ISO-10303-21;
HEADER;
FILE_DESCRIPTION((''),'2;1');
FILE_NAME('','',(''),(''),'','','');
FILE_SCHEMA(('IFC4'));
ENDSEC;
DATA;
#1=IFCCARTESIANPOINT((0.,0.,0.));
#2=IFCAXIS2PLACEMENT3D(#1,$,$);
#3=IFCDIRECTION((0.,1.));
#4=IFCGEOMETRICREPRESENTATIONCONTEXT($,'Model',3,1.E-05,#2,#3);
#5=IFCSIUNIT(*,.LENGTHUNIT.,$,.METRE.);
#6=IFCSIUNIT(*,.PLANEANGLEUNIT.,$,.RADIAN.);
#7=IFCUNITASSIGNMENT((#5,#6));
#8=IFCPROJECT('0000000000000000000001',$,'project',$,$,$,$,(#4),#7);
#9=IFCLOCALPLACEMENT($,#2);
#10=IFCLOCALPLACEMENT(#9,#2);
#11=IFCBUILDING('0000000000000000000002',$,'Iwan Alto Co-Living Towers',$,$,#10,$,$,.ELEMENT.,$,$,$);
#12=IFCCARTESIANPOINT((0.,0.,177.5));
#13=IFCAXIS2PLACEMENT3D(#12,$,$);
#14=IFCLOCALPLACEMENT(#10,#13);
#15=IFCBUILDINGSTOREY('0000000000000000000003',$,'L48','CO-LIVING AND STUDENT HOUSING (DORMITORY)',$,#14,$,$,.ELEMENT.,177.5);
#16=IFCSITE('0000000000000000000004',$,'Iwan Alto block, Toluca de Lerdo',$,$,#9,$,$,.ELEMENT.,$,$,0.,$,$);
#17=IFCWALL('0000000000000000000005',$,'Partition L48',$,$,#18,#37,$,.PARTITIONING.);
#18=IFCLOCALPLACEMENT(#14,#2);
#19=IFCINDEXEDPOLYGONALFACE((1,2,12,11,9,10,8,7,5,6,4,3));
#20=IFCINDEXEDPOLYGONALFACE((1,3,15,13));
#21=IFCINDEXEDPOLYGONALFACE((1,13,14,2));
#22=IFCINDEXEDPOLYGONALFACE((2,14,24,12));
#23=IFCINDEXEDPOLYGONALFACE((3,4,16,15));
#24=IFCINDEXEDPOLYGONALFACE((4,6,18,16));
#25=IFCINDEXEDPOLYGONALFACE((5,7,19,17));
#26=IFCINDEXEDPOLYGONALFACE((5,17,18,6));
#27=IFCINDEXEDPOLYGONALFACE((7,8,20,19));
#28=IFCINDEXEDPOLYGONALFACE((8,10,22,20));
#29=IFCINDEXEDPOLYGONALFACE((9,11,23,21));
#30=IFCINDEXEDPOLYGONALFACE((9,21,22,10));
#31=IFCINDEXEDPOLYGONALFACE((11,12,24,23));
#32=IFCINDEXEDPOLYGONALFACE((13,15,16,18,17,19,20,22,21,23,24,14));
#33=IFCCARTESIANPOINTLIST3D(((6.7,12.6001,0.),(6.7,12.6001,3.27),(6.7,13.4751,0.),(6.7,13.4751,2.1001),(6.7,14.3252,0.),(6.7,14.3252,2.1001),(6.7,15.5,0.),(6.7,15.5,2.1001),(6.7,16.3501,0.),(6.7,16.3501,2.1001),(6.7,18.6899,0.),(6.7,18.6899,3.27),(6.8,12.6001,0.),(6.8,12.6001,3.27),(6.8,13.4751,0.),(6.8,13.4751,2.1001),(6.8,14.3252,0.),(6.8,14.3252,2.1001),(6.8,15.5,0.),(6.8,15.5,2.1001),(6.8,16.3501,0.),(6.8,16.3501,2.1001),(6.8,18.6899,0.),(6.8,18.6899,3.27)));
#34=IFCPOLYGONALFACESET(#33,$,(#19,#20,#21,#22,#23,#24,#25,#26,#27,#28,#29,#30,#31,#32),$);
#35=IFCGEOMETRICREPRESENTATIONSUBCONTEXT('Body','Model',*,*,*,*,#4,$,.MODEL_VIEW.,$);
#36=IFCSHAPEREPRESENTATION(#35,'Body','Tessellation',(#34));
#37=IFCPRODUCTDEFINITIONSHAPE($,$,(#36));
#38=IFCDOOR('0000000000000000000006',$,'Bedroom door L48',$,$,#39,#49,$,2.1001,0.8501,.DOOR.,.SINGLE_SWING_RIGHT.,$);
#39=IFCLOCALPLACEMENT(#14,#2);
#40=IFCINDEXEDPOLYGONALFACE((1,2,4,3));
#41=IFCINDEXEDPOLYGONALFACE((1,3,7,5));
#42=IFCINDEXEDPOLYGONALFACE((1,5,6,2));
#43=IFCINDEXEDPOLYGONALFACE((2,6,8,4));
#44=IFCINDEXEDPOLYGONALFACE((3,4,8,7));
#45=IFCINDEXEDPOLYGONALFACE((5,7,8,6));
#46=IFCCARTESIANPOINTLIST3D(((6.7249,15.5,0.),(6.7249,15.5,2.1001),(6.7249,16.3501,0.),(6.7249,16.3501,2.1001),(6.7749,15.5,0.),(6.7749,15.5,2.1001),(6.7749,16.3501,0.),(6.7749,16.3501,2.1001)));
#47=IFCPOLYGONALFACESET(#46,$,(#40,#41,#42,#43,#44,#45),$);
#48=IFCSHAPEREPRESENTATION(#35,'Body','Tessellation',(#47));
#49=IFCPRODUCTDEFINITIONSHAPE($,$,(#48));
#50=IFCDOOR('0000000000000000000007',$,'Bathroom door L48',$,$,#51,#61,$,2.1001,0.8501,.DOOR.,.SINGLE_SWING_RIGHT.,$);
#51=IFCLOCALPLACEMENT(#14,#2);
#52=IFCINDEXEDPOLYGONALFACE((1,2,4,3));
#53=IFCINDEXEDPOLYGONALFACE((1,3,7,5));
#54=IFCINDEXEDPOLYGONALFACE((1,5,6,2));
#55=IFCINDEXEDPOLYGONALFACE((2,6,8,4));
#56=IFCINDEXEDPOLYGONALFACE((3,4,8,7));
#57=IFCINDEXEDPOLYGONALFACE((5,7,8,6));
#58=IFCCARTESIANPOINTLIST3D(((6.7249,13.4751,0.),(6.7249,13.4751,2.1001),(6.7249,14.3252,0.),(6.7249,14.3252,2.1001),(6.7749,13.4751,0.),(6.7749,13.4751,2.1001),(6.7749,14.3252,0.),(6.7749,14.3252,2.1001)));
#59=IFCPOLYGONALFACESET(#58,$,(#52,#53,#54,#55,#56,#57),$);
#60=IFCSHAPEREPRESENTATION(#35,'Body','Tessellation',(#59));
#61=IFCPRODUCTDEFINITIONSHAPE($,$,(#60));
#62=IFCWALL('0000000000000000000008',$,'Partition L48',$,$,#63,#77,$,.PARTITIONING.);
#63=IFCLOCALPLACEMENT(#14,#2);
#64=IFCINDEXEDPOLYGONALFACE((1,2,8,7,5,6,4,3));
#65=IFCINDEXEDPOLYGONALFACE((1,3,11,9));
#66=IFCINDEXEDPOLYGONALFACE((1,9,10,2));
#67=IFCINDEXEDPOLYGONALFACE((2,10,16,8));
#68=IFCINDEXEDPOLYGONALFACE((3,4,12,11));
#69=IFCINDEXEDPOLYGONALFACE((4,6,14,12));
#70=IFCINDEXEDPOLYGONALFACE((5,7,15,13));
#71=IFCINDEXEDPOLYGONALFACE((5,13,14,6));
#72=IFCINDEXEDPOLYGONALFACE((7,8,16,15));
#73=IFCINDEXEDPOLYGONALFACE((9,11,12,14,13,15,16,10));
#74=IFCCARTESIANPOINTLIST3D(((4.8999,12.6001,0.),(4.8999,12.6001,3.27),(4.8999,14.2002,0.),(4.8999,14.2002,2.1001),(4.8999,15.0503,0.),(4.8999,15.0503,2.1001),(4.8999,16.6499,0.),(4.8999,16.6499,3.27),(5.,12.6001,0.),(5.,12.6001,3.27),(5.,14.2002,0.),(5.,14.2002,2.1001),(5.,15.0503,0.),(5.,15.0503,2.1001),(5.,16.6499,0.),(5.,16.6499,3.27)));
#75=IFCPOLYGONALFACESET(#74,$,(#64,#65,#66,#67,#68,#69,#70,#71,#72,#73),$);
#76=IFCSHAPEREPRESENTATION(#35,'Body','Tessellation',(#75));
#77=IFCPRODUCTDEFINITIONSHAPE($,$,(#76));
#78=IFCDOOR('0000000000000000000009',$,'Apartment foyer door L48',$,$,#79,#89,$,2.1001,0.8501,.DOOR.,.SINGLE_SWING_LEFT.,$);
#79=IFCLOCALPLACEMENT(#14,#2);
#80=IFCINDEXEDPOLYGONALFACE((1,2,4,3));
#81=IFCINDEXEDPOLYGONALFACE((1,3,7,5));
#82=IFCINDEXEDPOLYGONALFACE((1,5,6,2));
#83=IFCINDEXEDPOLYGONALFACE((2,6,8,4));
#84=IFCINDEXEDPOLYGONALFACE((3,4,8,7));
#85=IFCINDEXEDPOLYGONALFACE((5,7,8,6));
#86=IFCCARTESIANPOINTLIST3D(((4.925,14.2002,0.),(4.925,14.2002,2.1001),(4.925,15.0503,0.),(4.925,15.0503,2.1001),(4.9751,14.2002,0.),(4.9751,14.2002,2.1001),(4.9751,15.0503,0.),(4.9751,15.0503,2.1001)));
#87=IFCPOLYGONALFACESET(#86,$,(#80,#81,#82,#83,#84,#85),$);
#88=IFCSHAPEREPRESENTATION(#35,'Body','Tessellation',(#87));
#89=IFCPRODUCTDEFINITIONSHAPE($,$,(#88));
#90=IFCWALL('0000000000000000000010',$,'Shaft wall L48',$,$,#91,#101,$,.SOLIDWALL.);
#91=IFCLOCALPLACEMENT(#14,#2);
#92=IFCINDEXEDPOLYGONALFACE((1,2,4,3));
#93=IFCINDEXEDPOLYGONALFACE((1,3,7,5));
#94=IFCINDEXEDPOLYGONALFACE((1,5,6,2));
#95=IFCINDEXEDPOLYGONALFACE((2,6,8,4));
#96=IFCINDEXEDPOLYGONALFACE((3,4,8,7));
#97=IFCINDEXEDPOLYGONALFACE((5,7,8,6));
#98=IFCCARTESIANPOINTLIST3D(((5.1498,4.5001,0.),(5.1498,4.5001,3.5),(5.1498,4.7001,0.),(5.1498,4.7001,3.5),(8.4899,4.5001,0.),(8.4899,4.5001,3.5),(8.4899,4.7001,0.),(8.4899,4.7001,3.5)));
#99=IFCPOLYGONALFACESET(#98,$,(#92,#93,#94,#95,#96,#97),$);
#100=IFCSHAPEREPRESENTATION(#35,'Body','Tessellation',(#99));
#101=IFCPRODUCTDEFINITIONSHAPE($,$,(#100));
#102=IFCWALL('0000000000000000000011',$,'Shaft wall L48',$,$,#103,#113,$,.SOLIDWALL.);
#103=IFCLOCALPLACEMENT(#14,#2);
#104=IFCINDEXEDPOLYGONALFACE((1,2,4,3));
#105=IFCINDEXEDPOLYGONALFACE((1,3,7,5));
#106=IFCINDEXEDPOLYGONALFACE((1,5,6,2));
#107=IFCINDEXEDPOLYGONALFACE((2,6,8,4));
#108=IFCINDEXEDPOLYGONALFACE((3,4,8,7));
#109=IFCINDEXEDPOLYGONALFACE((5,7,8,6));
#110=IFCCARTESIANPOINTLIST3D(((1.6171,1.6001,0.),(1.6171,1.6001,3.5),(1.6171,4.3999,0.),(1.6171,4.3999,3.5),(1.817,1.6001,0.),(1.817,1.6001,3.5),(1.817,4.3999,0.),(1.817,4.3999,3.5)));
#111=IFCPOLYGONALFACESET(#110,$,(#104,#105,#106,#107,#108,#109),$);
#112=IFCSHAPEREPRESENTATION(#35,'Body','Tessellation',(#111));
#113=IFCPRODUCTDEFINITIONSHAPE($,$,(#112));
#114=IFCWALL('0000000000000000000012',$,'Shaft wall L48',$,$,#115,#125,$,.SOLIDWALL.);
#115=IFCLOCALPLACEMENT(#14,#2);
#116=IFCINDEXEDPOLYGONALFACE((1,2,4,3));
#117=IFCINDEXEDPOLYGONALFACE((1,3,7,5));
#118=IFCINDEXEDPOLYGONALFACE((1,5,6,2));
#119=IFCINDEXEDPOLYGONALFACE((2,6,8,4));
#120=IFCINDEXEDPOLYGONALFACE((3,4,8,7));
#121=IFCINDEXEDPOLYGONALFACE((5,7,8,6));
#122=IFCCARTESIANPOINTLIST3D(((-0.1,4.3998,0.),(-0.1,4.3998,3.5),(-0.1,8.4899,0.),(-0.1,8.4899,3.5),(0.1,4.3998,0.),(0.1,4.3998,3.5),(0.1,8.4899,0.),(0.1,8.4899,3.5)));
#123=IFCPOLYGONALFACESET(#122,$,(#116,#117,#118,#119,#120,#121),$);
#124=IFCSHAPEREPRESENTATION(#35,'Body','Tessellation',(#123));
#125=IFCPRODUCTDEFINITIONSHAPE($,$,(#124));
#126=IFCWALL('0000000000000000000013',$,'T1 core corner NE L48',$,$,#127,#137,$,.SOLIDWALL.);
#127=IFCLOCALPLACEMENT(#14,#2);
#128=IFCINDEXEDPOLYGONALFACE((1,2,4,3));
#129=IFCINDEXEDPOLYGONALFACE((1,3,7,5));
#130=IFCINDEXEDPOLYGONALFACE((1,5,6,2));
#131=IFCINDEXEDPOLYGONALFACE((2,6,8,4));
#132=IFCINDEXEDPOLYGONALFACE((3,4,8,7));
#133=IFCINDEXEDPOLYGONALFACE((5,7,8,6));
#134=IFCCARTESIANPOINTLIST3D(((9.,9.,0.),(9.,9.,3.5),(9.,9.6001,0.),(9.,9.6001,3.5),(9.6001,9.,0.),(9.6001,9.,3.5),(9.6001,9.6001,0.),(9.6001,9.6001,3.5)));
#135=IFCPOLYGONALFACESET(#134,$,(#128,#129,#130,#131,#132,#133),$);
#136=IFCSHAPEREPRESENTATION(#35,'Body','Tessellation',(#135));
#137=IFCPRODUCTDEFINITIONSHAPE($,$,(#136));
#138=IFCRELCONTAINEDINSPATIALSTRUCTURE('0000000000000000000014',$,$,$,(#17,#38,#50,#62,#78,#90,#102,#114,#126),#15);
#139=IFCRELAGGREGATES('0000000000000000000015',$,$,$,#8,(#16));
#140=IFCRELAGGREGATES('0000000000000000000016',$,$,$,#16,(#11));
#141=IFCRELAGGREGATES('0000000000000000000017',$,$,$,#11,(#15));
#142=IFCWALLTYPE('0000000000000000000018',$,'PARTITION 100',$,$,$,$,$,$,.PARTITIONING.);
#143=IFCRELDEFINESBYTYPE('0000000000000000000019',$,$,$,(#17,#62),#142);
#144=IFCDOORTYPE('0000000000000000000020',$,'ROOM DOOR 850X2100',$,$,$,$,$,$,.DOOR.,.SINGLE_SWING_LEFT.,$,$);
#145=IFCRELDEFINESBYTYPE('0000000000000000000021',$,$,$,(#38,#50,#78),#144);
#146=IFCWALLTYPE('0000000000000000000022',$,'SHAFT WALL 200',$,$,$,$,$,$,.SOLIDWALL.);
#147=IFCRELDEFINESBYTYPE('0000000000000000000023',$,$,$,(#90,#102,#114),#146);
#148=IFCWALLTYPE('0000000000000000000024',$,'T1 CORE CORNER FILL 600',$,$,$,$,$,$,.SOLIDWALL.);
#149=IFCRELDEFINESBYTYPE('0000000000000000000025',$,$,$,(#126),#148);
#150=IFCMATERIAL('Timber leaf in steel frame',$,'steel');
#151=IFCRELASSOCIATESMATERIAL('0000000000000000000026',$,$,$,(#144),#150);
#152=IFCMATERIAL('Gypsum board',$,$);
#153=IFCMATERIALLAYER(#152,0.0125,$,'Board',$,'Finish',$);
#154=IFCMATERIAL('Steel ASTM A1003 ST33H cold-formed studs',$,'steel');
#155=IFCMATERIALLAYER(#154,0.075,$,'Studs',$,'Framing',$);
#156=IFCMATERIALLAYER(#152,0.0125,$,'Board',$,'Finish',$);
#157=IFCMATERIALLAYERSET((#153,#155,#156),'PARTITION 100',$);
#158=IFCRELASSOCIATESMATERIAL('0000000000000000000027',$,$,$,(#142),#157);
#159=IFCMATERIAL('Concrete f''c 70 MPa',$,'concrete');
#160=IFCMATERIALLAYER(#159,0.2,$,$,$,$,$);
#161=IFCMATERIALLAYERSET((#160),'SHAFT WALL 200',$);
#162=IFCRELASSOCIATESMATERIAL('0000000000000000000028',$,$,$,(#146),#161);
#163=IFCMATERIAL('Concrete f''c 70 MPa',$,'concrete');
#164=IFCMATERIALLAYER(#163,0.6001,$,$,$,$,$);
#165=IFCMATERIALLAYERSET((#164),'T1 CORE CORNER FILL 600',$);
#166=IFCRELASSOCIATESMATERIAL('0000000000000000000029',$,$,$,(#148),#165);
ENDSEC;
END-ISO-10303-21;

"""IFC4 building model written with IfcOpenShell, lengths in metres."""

from ifc_helpers import new_model, si_unit, direction, frame, frame_2d, origin, place, context, subcontext, project, spatial, rectangle, extrude, material, layer, layer_set, type_object, element, fill, save


model = new_model("IFC4")

# Units and contexts
model_context = context("Model", 3, precision=1e-05, world=origin(), true_north=direction((0.0, 1.0)))
body_context = subcontext(model_context, "Body", "Model", "MODEL_VIEW")
ifc_project = project(units=[si_unit("LENGTHUNIT", "METRE"), si_unit("PLANEANGLEUNIT", "RADIAN")], contexts=[model_context])

# Site, building, storey
site_placement = place(None, origin())
site = spatial("IfcSite", under=ifc_project, at=site_placement, Name="Iwan Alto block, Toluca de Lerdo", CompositionType="ELEMENT", RefElevation=0.0)
building_placement = place(site_placement, origin())
building = spatial("IfcBuilding", under=site, at=building_placement, Name="Iwan Alto Co-Living Towers", CompositionType="ELEMENT")
storey_placement = place(building_placement, frame((0.0, 0.0, 177.5)))
storey = spatial("IfcBuildingStorey", under=building, at=storey_placement, Name="L48", Description="CO-LIVING AND STUDENT HOUSING (DORMITORY)", CompositionType="ELEMENT", Elevation=177.5)

# Shared definitions
ifc_material_1 = material(Name="Gypsum board")
ifc_material_2 = material(Name="Steel ASTM A1003 ST33H cold-formed studs", Category="steel")

# Shared definitions
ifc_material_3 = material(Name="Timber leaf in steel frame", Category="steel")
door_type_1 = type_object("IfcDoorType", Name="ROOM DOOR 850X2100", OperationType="SINGLE_SWING_LEFT", PredefinedType="DOOR", material=ifc_material_3)
ifc_layer_1 = layer(ifc_material_1, 0.0125, Name="Board", Category="Finish")
ifc_layer_2 = layer(ifc_material_2, 0.075, Name="Studs", Category="Framing")
ifc_layer_3 = layer(ifc_material_1, 0.0125, Name="Board", Category="Finish")
ifc_layer_set_1 = layer_set([ifc_layer_1, ifc_layer_2, ifc_layer_3], Name="PARTITION 100")
wall_type_1 = type_object("IfcWallType", Name="PARTITION 100", PredefinedType="PARTITIONING", material=ifc_layer_set_1)

# Wall, openings, doors
wall_1_placement = place(storey_placement, frame((6.75, 12.6001, 0.0), z_axis=(0.0, 0.0, 1.0), x_axis=(0.0, 1.0, 0.0)))
wall_1 = element("IfcWall", 1, at=wall_1_placement, inside=storey, type_object=wall_type_1, Name="Partition L48", PredefinedType="PARTITIONING", context=body_context, shape_type="SweptSolid", body=[
    extrude(rectangle(XDim=6.0898, YDim=0.1001, at=frame_2d((3.0449, 0.0))), origin(), (0.0, 0.0, 1.0), 3.27),
])
opening_1_placement = place(wall_1_placement, frame((2.8999, 0.0, 0.0)))
opening_1 = element("IfcOpeningElement", 2, at=opening_1_placement, cuts=wall_1, PredefinedType="OPENING", context=body_context, shape_type="SweptSolid", body=[
    extrude(rectangle(XDim=0.8501, YDim=2.1001, at=frame_2d((0.425, 1.05))), frame((0.0, 0.0601, 0.0), z_axis=(0.0, -1.0, 0.0), x_axis=(1.0, 0.0, 0.0)), (0.0, 0.0, 1.0), 0.1201),
])
opening_2_placement = place(wall_1_placement, frame((0.875, 0.0, 0.0)))
opening_2 = element("IfcOpeningElement", 3, at=opening_2_placement, cuts=wall_1, PredefinedType="OPENING", context=body_context, shape_type="SweptSolid", body=[
    extrude(rectangle(XDim=0.8501, YDim=2.1001, at=frame_2d((0.425, 1.05))), frame((0.0, 0.0601, 0.0), z_axis=(0.0, -1.0, 0.0), x_axis=(1.0, 0.0, 0.0)), (0.0, 0.0, 1.0), 0.1201),
])
door_1_placement = place(opening_1_placement, frame((0.8501, 0.0, 0.0), z_axis=(0.0, 0.0, 1.0), x_axis=(-1.0, 0.0, 0.0)))
door_1 = element("IfcDoor", 4, at=door_1_placement, inside=storey, type_object=door_type_1, Name="Bedroom door L48", OperationType="SINGLE_SWING_RIGHT", OverallHeight=2.1001, OverallWidth=0.8501, PredefinedType="DOOR", context=body_context, shape_type="SweptSolid", body=[
    extrude(rectangle(XDim=0.8501, YDim=2.1001, at=frame_2d((0.425, 1.05))), frame((0.0, 0.0249, 0.0), z_axis=(0.0, -1.0, 0.0), x_axis=(1.0, 0.0, 0.0)), (0.0, 0.0, 1.0), 0.05),
])
fill(opening_1, door_1)
door_2_placement = place(opening_2_placement, frame((0.8501, 0.0, 0.0), z_axis=(0.0, 0.0, 1.0), x_axis=(-1.0, 0.0, 0.0)))
door_2 = element("IfcDoor", 5, at=door_2_placement, inside=storey, type_object=door_type_1, Name="Bathroom door L48", OperationType="SINGLE_SWING_RIGHT", OverallHeight=2.1001, OverallWidth=0.8501, PredefinedType="DOOR", context=body_context, shape_type="SweptSolid", body=[
    extrude(rectangle(XDim=0.8501, YDim=2.1001, at=frame_2d((0.425, 1.05))), frame((0.0, 0.0249, 0.0), z_axis=(0.0, -1.0, 0.0), x_axis=(1.0, 0.0, 0.0)), (0.0, 0.0, 1.0), 0.05),
])
fill(opening_2, door_2)

# Wall, opening, door
wall_2_placement = place(storey_placement, frame((4.95, 12.6001, 0.0), z_axis=(0.0, 0.0, 1.0), x_axis=(0.0, 1.0, 0.0)))
wall_2 = element("IfcWall", 6, at=wall_2_placement, inside=storey, type_object=wall_type_1, Name="Partition L48", PredefinedType="PARTITIONING", context=body_context, shape_type="SweptSolid", body=[
    extrude(rectangle(XDim=4.0498, YDim=0.1001, at=frame_2d((2.0249, 0.0))), origin(), (0.0, 0.0, 1.0), 3.27),
])
opening_3_placement = place(wall_2_placement, frame((1.6001, 0.0, 0.0)))
opening_3 = element("IfcOpeningElement", 7, at=opening_3_placement, cuts=wall_2, PredefinedType="OPENING", context=body_context, shape_type="SweptSolid", body=[
    extrude(rectangle(XDim=0.8501, YDim=2.1001, at=frame_2d((0.425, 1.05))), frame((0.0, 0.0601, 0.0), z_axis=(0.0, -1.0, 0.0), x_axis=(1.0, 0.0, 0.0)), (0.0, 0.0, 1.0), 0.1201),
])
door_3_placement = place(opening_3_placement, origin())
door_3 = element("IfcDoor", 8, at=door_3_placement, inside=storey, type_object=door_type_1, Name="Apartment foyer door L48", OperationType="SINGLE_SWING_LEFT", OverallHeight=2.1001, OverallWidth=0.8501, PredefinedType="DOOR", context=body_context, shape_type="SweptSolid", body=[
    extrude(rectangle(XDim=0.8501, YDim=2.1001, at=frame_2d((0.425, 1.05))), frame((0.0, 0.0249, 0.0), z_axis=(0.0, -1.0, 0.0), x_axis=(1.0, 0.0, 0.0)), (0.0, 0.0, 1.0), 0.05),
])
fill(opening_3, door_3)

# Walls
ifc_material_4 = material(Name="Concrete f'c 70 MPa", Category="concrete")
ifc_layer_4 = layer(ifc_material_4, 0.2)
ifc_layer_set_2 = layer_set([ifc_layer_4], Name="SHAFT WALL 200")
wall_type_2 = type_object("IfcWallType", Name="SHAFT WALL 200", PredefinedType="SOLIDWALL", material=ifc_layer_set_2)
wall_3_placement = place(storey_placement, frame((5.1499, 4.6001, 0.0), z_axis=(0.0, 0.0, 1.0), x_axis=(1.0, 0.0, 0.0)))
element("IfcWall", 9, at=wall_3_placement, inside=storey, type_object=wall_type_2, Name="Shaft wall L48", PredefinedType="SOLIDWALL", context=body_context, shape_type="SweptSolid", body=[
    extrude(rectangle(XDim=3.3401, YDim=0.2, at=frame_2d((1.6699, 0.0))), origin(), (0.0, 0.0, 1.0), 3.5),
])
wall_4_placement = place(storey_placement, frame((1.717, 1.6001, 0.0), z_axis=(0.0, 0.0, 1.0), x_axis=(0.0, 1.0, 0.0)))
element("IfcWall", 10, at=wall_4_placement, inside=storey, type_object=wall_type_2, Name="Shaft wall L48", PredefinedType="SOLIDWALL", context=body_context, shape_type="SweptSolid", body=[
    extrude(rectangle(XDim=2.7998, YDim=0.2, at=frame_2d((1.3999, 0.0))), origin(), (0.0, 0.0, 1.0), 3.5),
])
wall_5_placement = place(storey_placement, frame((0.0, 4.3999, 0.0), z_axis=(0.0, 0.0, 1.0), x_axis=(0.0, 1.0, 0.0)))
element("IfcWall", 11, at=wall_5_placement, inside=storey, type_object=wall_type_2, Name="Shaft wall L48", PredefinedType="SOLIDWALL", context=body_context, shape_type="SweptSolid", body=[
    extrude(rectangle(XDim=4.0901, YDim=0.2, at=frame_2d((2.0449, 0.0))), origin(), (0.0, 0.0, 1.0), 3.5),
])
ifc_material_5 = material(Name="Concrete f'c 70 MPa", Category="concrete")
ifc_layer_5 = layer(ifc_material_5, 0.6001)
ifc_layer_set_3 = layer_set([ifc_layer_5], Name="T1 CORE CORNER FILL 600")
wall_type_3 = type_object("IfcWallType", Name="T1 CORE CORNER FILL 600", PredefinedType="SOLIDWALL", material=ifc_layer_set_3)
wall_6_placement = place(storey_placement, frame((9.0, 9.3, 0.0), z_axis=(0.0, 0.0, 1.0), x_axis=(1.0, 0.0, 0.0)))
element("IfcWall", 12, at=wall_6_placement, inside=storey, type_object=wall_type_3, Name="T1 core corner NE L48", PredefinedType="SOLIDWALL", context=body_context, shape_type="SweptSolid", body=[
    extrude(rectangle(XDim=0.6001, YDim=0.6001, at=frame_2d((0.3, 0.0))), origin(), (0.0, 0.0, 1.0), 3.5),
])

save(model, "model.ifc")
